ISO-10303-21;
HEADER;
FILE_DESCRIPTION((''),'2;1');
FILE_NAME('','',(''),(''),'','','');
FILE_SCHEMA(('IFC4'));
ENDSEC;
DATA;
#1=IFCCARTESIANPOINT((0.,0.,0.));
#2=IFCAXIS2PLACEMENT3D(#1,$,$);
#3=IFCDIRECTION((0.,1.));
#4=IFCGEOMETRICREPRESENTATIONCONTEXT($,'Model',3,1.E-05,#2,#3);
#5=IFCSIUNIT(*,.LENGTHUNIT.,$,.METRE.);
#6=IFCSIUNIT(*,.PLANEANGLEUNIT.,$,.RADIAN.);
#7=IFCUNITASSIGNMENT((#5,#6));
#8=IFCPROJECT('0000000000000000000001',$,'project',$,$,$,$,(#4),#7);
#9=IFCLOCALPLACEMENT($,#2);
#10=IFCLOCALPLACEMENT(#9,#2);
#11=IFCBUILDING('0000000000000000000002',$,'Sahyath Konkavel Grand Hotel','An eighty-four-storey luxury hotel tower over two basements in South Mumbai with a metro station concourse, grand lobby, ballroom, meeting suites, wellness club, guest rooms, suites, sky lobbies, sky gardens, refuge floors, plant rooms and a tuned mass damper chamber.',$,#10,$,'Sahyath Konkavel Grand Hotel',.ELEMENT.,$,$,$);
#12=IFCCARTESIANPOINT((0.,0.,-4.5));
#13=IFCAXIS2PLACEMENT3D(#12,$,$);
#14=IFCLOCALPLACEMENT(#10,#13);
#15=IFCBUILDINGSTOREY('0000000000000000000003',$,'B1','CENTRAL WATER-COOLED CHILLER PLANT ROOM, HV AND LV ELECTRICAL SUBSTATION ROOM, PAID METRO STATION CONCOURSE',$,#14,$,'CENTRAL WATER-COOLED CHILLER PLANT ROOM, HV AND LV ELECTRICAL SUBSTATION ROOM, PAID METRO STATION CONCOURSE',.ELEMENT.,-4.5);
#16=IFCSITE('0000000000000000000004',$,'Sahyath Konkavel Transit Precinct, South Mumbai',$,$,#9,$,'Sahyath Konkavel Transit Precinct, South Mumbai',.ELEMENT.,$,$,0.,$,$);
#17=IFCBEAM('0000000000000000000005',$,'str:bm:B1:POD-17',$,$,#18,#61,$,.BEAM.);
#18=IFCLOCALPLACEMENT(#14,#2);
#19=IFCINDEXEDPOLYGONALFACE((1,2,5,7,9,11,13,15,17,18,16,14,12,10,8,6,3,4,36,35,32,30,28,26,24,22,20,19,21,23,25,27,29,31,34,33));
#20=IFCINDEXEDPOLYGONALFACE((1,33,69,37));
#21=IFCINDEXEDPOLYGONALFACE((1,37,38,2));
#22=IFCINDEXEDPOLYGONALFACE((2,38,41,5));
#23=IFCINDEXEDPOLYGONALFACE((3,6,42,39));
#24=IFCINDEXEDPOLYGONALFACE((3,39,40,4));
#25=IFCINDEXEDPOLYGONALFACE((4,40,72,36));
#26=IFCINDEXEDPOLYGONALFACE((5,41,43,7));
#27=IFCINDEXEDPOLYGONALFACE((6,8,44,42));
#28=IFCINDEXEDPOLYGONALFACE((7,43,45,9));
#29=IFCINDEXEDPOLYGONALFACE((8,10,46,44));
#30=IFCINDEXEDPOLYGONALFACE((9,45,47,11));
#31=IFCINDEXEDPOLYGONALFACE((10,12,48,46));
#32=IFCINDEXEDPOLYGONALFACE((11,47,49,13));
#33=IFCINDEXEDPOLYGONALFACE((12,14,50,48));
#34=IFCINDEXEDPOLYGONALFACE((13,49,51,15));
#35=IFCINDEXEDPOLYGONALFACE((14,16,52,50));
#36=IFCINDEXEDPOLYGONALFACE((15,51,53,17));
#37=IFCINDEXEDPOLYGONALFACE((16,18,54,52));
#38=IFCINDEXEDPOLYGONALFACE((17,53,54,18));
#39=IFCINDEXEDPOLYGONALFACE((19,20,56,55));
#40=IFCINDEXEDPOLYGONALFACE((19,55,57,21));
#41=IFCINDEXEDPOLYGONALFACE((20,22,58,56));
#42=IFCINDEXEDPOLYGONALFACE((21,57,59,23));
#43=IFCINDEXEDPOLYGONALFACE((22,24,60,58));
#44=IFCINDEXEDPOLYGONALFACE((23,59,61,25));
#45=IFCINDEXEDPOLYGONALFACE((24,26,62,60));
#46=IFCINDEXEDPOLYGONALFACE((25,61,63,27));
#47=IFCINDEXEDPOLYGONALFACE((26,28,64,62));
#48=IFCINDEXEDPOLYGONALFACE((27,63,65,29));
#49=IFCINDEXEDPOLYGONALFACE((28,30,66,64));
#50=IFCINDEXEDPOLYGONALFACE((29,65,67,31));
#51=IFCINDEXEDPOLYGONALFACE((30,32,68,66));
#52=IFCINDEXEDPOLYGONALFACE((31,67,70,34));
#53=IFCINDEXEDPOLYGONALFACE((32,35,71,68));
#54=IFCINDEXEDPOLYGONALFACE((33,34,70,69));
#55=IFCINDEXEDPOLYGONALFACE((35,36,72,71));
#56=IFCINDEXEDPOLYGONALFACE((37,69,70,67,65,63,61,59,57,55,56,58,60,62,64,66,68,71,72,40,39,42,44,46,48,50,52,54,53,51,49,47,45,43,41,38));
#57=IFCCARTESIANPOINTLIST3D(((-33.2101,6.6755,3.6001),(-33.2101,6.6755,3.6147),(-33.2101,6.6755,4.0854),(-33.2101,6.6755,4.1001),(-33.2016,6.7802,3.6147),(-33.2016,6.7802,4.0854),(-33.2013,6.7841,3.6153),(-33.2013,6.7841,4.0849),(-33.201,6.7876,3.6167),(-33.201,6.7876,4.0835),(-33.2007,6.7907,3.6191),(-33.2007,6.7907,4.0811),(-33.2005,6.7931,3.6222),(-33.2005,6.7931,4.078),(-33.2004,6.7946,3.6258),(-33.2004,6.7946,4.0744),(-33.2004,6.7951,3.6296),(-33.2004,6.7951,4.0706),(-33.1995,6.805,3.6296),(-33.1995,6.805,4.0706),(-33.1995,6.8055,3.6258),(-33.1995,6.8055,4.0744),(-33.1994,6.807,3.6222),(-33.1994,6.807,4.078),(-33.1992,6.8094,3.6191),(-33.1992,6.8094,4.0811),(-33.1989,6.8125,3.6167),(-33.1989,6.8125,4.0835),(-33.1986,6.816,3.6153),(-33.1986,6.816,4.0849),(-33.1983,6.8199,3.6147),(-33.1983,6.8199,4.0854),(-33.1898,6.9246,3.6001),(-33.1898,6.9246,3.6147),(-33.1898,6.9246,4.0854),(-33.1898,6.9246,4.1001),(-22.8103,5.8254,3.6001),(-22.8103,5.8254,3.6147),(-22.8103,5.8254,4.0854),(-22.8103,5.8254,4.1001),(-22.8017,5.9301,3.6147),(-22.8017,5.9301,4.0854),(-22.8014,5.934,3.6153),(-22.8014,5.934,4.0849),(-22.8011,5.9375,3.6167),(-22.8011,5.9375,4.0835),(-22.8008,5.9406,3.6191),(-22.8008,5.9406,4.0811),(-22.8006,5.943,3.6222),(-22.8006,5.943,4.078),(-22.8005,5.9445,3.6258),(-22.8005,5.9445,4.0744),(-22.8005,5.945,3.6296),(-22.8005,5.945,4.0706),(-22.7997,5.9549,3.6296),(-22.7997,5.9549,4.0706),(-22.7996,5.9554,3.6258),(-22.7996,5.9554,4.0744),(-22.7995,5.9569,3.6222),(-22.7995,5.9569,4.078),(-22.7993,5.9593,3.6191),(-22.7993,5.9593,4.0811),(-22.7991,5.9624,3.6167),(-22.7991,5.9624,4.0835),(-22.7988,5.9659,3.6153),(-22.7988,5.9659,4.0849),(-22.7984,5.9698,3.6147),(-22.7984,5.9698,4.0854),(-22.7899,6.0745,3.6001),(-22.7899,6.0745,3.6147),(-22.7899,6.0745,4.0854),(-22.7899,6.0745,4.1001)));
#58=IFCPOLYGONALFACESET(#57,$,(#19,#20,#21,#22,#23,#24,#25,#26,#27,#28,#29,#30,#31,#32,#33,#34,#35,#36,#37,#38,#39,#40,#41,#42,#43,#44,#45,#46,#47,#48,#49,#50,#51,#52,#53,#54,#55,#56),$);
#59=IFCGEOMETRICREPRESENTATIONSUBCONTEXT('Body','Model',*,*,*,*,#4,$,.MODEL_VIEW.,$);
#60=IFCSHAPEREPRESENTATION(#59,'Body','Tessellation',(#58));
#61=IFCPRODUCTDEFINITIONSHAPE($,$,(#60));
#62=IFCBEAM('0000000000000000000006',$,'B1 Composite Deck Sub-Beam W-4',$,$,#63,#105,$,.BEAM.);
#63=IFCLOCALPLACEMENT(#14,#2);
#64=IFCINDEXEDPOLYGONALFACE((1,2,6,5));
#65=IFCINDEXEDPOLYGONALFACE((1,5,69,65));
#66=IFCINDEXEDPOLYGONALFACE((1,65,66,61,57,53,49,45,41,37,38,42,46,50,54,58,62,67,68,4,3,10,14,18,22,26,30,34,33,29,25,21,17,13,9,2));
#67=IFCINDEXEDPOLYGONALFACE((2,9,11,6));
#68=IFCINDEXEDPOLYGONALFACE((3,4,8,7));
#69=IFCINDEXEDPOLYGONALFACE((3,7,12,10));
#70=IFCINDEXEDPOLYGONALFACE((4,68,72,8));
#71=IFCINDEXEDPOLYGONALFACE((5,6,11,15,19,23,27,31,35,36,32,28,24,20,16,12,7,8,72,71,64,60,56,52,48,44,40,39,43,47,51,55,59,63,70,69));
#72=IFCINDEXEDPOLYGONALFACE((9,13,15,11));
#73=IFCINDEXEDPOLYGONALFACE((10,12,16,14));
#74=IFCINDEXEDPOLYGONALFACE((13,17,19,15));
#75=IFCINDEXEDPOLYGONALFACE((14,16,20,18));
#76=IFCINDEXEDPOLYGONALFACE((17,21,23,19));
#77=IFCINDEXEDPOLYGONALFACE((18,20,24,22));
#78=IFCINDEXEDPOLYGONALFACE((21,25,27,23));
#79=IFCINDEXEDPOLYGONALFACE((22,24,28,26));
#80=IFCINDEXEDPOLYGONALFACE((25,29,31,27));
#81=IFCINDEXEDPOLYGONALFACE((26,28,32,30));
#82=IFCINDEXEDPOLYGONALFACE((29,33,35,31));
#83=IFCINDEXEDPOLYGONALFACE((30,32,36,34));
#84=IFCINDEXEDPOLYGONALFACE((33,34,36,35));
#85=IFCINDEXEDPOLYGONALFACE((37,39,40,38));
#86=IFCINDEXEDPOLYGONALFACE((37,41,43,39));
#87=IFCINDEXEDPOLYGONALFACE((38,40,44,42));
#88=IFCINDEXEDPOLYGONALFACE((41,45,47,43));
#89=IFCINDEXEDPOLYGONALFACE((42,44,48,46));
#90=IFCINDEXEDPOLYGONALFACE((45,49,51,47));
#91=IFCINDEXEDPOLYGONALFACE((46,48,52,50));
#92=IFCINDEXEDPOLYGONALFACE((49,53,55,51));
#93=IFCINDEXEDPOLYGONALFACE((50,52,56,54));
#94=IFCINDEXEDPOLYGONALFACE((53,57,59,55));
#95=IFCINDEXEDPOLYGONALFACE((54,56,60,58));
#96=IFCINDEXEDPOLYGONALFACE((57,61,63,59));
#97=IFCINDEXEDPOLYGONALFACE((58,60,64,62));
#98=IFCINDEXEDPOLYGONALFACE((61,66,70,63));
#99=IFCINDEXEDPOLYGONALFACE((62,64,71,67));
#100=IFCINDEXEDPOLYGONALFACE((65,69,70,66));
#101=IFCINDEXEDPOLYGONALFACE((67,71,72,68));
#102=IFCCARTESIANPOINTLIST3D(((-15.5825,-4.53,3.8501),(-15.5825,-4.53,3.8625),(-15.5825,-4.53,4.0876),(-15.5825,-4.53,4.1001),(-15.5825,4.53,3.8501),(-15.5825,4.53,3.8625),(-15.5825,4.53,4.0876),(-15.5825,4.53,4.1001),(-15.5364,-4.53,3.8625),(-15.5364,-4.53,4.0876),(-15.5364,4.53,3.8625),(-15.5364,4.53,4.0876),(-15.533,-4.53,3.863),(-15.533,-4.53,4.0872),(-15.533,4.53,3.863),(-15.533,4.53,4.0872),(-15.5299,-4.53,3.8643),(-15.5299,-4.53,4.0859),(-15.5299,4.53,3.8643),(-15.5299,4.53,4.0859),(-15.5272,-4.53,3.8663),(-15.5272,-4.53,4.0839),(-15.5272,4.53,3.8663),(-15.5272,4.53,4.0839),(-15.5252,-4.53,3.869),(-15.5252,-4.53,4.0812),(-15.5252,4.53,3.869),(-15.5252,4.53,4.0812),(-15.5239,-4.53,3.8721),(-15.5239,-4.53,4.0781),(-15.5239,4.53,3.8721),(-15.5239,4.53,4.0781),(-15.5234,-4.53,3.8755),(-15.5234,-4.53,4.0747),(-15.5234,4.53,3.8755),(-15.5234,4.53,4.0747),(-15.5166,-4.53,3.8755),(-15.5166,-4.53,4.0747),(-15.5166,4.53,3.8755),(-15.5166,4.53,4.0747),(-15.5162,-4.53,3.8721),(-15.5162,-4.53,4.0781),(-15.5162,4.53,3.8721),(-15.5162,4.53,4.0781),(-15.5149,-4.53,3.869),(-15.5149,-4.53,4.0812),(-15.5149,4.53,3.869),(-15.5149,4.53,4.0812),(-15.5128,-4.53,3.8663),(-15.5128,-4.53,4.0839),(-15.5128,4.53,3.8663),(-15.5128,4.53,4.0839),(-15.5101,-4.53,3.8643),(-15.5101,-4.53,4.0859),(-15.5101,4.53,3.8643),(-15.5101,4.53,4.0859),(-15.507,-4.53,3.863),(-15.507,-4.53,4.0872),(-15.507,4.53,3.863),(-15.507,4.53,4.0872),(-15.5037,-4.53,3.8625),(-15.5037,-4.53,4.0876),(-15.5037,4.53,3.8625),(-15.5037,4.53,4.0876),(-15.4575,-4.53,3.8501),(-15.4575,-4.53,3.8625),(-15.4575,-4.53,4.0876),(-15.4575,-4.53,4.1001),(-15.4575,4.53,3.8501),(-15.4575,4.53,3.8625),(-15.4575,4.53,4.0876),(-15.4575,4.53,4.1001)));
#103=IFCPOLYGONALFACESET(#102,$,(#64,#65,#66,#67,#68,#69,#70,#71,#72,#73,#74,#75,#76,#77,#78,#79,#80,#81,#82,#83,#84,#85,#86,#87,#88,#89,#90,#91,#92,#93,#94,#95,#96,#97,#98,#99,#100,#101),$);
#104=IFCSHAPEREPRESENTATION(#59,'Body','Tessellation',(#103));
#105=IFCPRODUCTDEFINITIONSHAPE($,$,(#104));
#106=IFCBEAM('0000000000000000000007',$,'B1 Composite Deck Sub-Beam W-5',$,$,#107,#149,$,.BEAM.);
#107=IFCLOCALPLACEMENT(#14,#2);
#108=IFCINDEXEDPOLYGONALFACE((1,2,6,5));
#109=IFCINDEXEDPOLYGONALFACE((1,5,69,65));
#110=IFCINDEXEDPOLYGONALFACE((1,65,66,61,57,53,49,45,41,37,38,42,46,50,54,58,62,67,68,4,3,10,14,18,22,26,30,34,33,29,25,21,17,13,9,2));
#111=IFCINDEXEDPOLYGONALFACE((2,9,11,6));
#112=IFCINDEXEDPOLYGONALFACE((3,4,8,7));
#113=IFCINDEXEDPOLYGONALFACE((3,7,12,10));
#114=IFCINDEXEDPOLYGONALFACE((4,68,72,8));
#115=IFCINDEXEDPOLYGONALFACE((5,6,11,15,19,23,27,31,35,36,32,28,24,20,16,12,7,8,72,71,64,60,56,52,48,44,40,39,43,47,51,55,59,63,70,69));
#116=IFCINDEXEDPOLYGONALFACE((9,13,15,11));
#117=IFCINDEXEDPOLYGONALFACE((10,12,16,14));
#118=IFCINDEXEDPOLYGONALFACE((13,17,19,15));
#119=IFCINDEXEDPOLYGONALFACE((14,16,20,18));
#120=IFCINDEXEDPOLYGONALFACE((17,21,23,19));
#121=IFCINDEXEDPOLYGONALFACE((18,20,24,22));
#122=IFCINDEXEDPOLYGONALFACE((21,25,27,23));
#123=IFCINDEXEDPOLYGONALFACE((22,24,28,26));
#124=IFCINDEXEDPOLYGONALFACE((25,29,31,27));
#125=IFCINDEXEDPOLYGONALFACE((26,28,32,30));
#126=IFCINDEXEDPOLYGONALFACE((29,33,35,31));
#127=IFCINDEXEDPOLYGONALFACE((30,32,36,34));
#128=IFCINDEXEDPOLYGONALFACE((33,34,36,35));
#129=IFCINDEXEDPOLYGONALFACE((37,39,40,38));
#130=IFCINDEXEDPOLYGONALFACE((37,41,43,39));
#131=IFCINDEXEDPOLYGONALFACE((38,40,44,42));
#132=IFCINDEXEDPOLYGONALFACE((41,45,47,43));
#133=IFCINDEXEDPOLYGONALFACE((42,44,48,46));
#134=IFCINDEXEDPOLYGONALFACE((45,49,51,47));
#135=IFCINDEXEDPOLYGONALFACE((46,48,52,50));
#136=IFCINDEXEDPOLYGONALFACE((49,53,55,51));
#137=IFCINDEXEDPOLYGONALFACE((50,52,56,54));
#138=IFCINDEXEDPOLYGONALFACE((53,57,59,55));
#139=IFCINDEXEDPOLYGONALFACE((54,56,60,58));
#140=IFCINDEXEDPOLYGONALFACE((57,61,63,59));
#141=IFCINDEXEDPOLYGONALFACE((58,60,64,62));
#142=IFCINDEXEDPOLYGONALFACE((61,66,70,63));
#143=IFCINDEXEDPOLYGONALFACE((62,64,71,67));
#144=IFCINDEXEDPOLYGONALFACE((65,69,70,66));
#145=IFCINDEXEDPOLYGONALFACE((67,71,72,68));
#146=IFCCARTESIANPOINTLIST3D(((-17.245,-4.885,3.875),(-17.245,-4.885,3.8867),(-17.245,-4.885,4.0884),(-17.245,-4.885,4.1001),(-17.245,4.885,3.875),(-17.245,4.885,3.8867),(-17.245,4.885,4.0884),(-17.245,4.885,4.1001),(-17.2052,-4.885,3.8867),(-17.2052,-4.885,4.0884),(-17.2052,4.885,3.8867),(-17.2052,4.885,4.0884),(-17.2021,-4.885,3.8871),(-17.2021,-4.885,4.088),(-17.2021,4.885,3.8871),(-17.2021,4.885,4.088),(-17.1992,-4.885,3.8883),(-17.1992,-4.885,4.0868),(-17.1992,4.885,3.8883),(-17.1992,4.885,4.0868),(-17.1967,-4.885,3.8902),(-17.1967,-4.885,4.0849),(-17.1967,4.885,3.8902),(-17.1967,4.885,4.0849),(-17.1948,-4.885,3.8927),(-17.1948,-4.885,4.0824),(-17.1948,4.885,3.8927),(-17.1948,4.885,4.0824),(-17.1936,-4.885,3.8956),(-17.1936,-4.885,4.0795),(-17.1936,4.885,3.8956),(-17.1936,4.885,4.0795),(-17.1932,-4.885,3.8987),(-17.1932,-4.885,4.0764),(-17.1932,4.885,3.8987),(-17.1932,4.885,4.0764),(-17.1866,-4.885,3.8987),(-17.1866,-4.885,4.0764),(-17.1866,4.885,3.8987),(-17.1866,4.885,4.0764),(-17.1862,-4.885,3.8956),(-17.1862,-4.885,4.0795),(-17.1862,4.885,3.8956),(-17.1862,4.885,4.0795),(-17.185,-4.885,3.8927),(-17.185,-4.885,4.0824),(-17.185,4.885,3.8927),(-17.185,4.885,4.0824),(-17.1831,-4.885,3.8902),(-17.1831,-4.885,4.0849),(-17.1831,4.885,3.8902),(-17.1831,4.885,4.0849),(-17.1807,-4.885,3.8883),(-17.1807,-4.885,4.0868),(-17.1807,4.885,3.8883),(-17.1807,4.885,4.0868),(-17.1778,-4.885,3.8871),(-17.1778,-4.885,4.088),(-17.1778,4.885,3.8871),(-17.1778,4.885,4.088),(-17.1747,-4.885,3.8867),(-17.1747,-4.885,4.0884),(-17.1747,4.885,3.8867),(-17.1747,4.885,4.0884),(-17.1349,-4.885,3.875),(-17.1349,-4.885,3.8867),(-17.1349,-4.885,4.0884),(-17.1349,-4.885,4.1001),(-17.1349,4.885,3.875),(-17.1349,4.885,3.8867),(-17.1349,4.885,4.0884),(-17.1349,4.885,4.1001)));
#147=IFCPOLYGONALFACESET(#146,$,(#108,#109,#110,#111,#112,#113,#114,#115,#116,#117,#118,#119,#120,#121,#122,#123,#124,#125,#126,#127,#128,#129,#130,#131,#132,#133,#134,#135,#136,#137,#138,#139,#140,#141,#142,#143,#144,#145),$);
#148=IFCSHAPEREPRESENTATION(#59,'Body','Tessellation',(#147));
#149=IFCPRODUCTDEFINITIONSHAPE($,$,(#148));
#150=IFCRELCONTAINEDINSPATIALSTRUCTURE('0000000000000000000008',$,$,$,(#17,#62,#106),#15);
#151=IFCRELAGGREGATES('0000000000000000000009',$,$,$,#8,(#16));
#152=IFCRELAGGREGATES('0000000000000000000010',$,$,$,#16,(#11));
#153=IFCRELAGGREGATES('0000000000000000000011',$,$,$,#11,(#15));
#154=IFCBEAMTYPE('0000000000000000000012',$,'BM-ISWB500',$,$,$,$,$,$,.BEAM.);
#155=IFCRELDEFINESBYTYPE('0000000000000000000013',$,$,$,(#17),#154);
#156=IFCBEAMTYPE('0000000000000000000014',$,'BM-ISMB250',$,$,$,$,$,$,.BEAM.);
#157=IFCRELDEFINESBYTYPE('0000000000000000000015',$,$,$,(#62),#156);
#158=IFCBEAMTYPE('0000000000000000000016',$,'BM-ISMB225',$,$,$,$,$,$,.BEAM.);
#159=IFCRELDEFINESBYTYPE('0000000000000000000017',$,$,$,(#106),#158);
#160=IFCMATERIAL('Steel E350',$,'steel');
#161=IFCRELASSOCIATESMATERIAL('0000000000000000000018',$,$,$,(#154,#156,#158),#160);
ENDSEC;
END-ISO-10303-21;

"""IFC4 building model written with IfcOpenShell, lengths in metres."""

from ifc_helpers import new_model, si_unit, direction, frame, origin, origin_2d, place, context, subcontext, project, spatial, i_section, extrude, source, transform, mapped, material, material_profile, profile_set, type_object, element, save


model = new_model("IFC4")

# Units and contexts
model_context = context("Model", 3, precision=1e-05, world=origin(), true_north=direction((0.0, 1.0)))
body_context = subcontext(model_context, "Body", "Model", "MODEL_VIEW")
ifc_project = project(units=[si_unit("LENGTHUNIT", "METRE"), si_unit("PLANEANGLEUNIT", "RADIAN")], contexts=[model_context])

# Site, building, storey
site_placement = place(None, origin())
site = spatial("IfcSite", under=ifc_project, at=site_placement, Name="Sahyath Konkavel Transit Precinct, South Mumbai", LongName="Sahyath Konkavel Transit Precinct, South Mumbai", CompositionType="ELEMENT", RefElevation=0.0)
building_placement = place(site_placement, origin())
building = spatial("IfcBuilding", under=site, at=building_placement, Name="Sahyath Konkavel Grand Hotel", Description="An eighty-four-storey luxury hotel tower over two basements in South Mumbai with a metro station concourse, grand lobby, ballroom, meeting suites, wellness club, guest rooms, suites, sky lobbies, sky gardens, refuge floors, plant rooms and a tuned mass damper chamber.", LongName="Sahyath Konkavel Grand Hotel", CompositionType="ELEMENT")
storey_placement = place(building_placement, frame((0.0, 0.0, -4.5)))
storey = spatial("IfcBuildingStorey", under=building, at=storey_placement, Name="B1", Description="CENTRAL WATER-COOLED CHILLER PLANT ROOM, HV AND LV ELECTRICAL SUBSTATION ROOM, PAID METRO STATION CONCOURSE", LongName="CENTRAL WATER-COOLED CHILLER PLANT ROOM, HV AND LV ELECTRICAL SUBSTATION ROOM, PAID METRO STATION CONCOURSE", CompositionType="ELEMENT", Elevation=-4.5)

# Beams
ifc_material_1 = material(Name="Steel E350", Category="steel")
ifc_material_profile_1 = material_profile(ifc_material_1, i_section(OverallWidth=0.25, OverallDepth=0.5, WebThickness=0.01, FlangeThickness=0.0146, FilletRadius=0.0149, at=origin_2d()), Name="ISWB 500")
ifc_profile_set_1 = profile_set([ifc_material_profile_1], Name="Steel E350")
beam_type_1 = type_object("IfcBeamType", Name="BM-ISWB500", PredefinedType="BEAM", material=ifc_profile_set_1)
shared_shape_1 = source(origin(), body_context, "Body", "SweptSolid", [
    extrude(i_section(OverallWidth=0.25, OverallDepth=0.5, WebThickness=0.01, FlangeThickness=0.0146, FilletRadius=0.0149, at=origin_2d()), origin(), (0.0, 0.0, 1.0), 10.4346),
])
beam_1_placement = place(storey_placement, frame((-33.2, 6.8, 3.8501), z_axis=(0.996676, -0.081469, 0.0), x_axis=(0.081469, 0.996676, 0.0)))
element("IfcBeam", 1, at=beam_1_placement, inside=storey, type_object=beam_type_1, Name="str:bm:B1:POD-17", PredefinedType="BEAM", context=body_context, shape_type="MappedRepresentation", body=[
    mapped(shared_shape_1, transform((0.0, 0.0, 0.0), scale=1.0)),
])
ifc_material_profile_2 = material_profile(ifc_material_1, i_section(OverallWidth=0.125, OverallDepth=0.25, WebThickness=0.0068, FlangeThickness=0.0125, FilletRadius=0.0129, at=origin_2d()), Name="ISMB 250")
ifc_profile_set_2 = profile_set([ifc_material_profile_2], Name="Steel E350")
beam_type_2 = type_object("IfcBeamType", Name="BM-ISMB250", PredefinedType="BEAM", material=ifc_profile_set_2)
shared_shape_2 = source(origin(), body_context, "Body", "SweptSolid", [
    extrude(i_section(OverallWidth=0.125, OverallDepth=0.25, WebThickness=0.0068, FlangeThickness=0.0125, FilletRadius=0.0129, at=origin_2d()), origin(), (0.0, 0.0, 1.0), 9.0601),
])
beam_2_placement = place(storey_placement, frame((-15.52, 4.53, 3.9751), z_axis=(0.0, -1.0, 0.0), x_axis=(1.0, 0.0, 0.0)))
element("IfcBeam", 2, at=beam_2_placement, inside=storey, type_object=beam_type_2, Name="B1 Composite Deck Sub-Beam W-4", PredefinedType="BEAM", context=body_context, shape_type="MappedRepresentation", body=[
    mapped(shared_shape_2, transform((0.0, 0.0, 0.0), scale=1.0)),
])
ifc_material_profile_3 = material_profile(ifc_material_1, i_section(OverallWidth=0.1101, OverallDepth=0.2251, WebThickness=0.0066, FlangeThickness=0.0117, FilletRadius=0.012, at=origin_2d()), Name="ISMB 225")
ifc_profile_set_3 = profile_set([ifc_material_profile_3], Name="Steel E350")
beam_type_3 = type_object("IfcBeamType", Name="BM-ISMB225", PredefinedType="BEAM", material=ifc_profile_set_3)
shared_shape_3 = source(origin(), body_context, "Body", "SweptSolid", [
    extrude(i_section(OverallWidth=0.1101, OverallDepth=0.2251, WebThickness=0.0066, FlangeThickness=0.0117, FilletRadius=0.012, at=origin_2d()), origin(), (0.0, 0.0, 1.0), 9.77),
])
beam_3_placement = place(storey_placement, frame((-17.1899, 4.885, 3.9875), z_axis=(0.0, -1.0, 0.0), x_axis=(1.0, 0.0, 0.0)))
element("IfcBeam", 3, at=beam_3_placement, inside=storey, type_object=beam_type_3, Name="B1 Composite Deck Sub-Beam W-5", PredefinedType="BEAM", context=body_context, shape_type="MappedRepresentation", body=[
    mapped(shared_shape_3, transform((0.0, 0.0, 0.0), scale=1.0)),
])

save(model, "model.ifc")
